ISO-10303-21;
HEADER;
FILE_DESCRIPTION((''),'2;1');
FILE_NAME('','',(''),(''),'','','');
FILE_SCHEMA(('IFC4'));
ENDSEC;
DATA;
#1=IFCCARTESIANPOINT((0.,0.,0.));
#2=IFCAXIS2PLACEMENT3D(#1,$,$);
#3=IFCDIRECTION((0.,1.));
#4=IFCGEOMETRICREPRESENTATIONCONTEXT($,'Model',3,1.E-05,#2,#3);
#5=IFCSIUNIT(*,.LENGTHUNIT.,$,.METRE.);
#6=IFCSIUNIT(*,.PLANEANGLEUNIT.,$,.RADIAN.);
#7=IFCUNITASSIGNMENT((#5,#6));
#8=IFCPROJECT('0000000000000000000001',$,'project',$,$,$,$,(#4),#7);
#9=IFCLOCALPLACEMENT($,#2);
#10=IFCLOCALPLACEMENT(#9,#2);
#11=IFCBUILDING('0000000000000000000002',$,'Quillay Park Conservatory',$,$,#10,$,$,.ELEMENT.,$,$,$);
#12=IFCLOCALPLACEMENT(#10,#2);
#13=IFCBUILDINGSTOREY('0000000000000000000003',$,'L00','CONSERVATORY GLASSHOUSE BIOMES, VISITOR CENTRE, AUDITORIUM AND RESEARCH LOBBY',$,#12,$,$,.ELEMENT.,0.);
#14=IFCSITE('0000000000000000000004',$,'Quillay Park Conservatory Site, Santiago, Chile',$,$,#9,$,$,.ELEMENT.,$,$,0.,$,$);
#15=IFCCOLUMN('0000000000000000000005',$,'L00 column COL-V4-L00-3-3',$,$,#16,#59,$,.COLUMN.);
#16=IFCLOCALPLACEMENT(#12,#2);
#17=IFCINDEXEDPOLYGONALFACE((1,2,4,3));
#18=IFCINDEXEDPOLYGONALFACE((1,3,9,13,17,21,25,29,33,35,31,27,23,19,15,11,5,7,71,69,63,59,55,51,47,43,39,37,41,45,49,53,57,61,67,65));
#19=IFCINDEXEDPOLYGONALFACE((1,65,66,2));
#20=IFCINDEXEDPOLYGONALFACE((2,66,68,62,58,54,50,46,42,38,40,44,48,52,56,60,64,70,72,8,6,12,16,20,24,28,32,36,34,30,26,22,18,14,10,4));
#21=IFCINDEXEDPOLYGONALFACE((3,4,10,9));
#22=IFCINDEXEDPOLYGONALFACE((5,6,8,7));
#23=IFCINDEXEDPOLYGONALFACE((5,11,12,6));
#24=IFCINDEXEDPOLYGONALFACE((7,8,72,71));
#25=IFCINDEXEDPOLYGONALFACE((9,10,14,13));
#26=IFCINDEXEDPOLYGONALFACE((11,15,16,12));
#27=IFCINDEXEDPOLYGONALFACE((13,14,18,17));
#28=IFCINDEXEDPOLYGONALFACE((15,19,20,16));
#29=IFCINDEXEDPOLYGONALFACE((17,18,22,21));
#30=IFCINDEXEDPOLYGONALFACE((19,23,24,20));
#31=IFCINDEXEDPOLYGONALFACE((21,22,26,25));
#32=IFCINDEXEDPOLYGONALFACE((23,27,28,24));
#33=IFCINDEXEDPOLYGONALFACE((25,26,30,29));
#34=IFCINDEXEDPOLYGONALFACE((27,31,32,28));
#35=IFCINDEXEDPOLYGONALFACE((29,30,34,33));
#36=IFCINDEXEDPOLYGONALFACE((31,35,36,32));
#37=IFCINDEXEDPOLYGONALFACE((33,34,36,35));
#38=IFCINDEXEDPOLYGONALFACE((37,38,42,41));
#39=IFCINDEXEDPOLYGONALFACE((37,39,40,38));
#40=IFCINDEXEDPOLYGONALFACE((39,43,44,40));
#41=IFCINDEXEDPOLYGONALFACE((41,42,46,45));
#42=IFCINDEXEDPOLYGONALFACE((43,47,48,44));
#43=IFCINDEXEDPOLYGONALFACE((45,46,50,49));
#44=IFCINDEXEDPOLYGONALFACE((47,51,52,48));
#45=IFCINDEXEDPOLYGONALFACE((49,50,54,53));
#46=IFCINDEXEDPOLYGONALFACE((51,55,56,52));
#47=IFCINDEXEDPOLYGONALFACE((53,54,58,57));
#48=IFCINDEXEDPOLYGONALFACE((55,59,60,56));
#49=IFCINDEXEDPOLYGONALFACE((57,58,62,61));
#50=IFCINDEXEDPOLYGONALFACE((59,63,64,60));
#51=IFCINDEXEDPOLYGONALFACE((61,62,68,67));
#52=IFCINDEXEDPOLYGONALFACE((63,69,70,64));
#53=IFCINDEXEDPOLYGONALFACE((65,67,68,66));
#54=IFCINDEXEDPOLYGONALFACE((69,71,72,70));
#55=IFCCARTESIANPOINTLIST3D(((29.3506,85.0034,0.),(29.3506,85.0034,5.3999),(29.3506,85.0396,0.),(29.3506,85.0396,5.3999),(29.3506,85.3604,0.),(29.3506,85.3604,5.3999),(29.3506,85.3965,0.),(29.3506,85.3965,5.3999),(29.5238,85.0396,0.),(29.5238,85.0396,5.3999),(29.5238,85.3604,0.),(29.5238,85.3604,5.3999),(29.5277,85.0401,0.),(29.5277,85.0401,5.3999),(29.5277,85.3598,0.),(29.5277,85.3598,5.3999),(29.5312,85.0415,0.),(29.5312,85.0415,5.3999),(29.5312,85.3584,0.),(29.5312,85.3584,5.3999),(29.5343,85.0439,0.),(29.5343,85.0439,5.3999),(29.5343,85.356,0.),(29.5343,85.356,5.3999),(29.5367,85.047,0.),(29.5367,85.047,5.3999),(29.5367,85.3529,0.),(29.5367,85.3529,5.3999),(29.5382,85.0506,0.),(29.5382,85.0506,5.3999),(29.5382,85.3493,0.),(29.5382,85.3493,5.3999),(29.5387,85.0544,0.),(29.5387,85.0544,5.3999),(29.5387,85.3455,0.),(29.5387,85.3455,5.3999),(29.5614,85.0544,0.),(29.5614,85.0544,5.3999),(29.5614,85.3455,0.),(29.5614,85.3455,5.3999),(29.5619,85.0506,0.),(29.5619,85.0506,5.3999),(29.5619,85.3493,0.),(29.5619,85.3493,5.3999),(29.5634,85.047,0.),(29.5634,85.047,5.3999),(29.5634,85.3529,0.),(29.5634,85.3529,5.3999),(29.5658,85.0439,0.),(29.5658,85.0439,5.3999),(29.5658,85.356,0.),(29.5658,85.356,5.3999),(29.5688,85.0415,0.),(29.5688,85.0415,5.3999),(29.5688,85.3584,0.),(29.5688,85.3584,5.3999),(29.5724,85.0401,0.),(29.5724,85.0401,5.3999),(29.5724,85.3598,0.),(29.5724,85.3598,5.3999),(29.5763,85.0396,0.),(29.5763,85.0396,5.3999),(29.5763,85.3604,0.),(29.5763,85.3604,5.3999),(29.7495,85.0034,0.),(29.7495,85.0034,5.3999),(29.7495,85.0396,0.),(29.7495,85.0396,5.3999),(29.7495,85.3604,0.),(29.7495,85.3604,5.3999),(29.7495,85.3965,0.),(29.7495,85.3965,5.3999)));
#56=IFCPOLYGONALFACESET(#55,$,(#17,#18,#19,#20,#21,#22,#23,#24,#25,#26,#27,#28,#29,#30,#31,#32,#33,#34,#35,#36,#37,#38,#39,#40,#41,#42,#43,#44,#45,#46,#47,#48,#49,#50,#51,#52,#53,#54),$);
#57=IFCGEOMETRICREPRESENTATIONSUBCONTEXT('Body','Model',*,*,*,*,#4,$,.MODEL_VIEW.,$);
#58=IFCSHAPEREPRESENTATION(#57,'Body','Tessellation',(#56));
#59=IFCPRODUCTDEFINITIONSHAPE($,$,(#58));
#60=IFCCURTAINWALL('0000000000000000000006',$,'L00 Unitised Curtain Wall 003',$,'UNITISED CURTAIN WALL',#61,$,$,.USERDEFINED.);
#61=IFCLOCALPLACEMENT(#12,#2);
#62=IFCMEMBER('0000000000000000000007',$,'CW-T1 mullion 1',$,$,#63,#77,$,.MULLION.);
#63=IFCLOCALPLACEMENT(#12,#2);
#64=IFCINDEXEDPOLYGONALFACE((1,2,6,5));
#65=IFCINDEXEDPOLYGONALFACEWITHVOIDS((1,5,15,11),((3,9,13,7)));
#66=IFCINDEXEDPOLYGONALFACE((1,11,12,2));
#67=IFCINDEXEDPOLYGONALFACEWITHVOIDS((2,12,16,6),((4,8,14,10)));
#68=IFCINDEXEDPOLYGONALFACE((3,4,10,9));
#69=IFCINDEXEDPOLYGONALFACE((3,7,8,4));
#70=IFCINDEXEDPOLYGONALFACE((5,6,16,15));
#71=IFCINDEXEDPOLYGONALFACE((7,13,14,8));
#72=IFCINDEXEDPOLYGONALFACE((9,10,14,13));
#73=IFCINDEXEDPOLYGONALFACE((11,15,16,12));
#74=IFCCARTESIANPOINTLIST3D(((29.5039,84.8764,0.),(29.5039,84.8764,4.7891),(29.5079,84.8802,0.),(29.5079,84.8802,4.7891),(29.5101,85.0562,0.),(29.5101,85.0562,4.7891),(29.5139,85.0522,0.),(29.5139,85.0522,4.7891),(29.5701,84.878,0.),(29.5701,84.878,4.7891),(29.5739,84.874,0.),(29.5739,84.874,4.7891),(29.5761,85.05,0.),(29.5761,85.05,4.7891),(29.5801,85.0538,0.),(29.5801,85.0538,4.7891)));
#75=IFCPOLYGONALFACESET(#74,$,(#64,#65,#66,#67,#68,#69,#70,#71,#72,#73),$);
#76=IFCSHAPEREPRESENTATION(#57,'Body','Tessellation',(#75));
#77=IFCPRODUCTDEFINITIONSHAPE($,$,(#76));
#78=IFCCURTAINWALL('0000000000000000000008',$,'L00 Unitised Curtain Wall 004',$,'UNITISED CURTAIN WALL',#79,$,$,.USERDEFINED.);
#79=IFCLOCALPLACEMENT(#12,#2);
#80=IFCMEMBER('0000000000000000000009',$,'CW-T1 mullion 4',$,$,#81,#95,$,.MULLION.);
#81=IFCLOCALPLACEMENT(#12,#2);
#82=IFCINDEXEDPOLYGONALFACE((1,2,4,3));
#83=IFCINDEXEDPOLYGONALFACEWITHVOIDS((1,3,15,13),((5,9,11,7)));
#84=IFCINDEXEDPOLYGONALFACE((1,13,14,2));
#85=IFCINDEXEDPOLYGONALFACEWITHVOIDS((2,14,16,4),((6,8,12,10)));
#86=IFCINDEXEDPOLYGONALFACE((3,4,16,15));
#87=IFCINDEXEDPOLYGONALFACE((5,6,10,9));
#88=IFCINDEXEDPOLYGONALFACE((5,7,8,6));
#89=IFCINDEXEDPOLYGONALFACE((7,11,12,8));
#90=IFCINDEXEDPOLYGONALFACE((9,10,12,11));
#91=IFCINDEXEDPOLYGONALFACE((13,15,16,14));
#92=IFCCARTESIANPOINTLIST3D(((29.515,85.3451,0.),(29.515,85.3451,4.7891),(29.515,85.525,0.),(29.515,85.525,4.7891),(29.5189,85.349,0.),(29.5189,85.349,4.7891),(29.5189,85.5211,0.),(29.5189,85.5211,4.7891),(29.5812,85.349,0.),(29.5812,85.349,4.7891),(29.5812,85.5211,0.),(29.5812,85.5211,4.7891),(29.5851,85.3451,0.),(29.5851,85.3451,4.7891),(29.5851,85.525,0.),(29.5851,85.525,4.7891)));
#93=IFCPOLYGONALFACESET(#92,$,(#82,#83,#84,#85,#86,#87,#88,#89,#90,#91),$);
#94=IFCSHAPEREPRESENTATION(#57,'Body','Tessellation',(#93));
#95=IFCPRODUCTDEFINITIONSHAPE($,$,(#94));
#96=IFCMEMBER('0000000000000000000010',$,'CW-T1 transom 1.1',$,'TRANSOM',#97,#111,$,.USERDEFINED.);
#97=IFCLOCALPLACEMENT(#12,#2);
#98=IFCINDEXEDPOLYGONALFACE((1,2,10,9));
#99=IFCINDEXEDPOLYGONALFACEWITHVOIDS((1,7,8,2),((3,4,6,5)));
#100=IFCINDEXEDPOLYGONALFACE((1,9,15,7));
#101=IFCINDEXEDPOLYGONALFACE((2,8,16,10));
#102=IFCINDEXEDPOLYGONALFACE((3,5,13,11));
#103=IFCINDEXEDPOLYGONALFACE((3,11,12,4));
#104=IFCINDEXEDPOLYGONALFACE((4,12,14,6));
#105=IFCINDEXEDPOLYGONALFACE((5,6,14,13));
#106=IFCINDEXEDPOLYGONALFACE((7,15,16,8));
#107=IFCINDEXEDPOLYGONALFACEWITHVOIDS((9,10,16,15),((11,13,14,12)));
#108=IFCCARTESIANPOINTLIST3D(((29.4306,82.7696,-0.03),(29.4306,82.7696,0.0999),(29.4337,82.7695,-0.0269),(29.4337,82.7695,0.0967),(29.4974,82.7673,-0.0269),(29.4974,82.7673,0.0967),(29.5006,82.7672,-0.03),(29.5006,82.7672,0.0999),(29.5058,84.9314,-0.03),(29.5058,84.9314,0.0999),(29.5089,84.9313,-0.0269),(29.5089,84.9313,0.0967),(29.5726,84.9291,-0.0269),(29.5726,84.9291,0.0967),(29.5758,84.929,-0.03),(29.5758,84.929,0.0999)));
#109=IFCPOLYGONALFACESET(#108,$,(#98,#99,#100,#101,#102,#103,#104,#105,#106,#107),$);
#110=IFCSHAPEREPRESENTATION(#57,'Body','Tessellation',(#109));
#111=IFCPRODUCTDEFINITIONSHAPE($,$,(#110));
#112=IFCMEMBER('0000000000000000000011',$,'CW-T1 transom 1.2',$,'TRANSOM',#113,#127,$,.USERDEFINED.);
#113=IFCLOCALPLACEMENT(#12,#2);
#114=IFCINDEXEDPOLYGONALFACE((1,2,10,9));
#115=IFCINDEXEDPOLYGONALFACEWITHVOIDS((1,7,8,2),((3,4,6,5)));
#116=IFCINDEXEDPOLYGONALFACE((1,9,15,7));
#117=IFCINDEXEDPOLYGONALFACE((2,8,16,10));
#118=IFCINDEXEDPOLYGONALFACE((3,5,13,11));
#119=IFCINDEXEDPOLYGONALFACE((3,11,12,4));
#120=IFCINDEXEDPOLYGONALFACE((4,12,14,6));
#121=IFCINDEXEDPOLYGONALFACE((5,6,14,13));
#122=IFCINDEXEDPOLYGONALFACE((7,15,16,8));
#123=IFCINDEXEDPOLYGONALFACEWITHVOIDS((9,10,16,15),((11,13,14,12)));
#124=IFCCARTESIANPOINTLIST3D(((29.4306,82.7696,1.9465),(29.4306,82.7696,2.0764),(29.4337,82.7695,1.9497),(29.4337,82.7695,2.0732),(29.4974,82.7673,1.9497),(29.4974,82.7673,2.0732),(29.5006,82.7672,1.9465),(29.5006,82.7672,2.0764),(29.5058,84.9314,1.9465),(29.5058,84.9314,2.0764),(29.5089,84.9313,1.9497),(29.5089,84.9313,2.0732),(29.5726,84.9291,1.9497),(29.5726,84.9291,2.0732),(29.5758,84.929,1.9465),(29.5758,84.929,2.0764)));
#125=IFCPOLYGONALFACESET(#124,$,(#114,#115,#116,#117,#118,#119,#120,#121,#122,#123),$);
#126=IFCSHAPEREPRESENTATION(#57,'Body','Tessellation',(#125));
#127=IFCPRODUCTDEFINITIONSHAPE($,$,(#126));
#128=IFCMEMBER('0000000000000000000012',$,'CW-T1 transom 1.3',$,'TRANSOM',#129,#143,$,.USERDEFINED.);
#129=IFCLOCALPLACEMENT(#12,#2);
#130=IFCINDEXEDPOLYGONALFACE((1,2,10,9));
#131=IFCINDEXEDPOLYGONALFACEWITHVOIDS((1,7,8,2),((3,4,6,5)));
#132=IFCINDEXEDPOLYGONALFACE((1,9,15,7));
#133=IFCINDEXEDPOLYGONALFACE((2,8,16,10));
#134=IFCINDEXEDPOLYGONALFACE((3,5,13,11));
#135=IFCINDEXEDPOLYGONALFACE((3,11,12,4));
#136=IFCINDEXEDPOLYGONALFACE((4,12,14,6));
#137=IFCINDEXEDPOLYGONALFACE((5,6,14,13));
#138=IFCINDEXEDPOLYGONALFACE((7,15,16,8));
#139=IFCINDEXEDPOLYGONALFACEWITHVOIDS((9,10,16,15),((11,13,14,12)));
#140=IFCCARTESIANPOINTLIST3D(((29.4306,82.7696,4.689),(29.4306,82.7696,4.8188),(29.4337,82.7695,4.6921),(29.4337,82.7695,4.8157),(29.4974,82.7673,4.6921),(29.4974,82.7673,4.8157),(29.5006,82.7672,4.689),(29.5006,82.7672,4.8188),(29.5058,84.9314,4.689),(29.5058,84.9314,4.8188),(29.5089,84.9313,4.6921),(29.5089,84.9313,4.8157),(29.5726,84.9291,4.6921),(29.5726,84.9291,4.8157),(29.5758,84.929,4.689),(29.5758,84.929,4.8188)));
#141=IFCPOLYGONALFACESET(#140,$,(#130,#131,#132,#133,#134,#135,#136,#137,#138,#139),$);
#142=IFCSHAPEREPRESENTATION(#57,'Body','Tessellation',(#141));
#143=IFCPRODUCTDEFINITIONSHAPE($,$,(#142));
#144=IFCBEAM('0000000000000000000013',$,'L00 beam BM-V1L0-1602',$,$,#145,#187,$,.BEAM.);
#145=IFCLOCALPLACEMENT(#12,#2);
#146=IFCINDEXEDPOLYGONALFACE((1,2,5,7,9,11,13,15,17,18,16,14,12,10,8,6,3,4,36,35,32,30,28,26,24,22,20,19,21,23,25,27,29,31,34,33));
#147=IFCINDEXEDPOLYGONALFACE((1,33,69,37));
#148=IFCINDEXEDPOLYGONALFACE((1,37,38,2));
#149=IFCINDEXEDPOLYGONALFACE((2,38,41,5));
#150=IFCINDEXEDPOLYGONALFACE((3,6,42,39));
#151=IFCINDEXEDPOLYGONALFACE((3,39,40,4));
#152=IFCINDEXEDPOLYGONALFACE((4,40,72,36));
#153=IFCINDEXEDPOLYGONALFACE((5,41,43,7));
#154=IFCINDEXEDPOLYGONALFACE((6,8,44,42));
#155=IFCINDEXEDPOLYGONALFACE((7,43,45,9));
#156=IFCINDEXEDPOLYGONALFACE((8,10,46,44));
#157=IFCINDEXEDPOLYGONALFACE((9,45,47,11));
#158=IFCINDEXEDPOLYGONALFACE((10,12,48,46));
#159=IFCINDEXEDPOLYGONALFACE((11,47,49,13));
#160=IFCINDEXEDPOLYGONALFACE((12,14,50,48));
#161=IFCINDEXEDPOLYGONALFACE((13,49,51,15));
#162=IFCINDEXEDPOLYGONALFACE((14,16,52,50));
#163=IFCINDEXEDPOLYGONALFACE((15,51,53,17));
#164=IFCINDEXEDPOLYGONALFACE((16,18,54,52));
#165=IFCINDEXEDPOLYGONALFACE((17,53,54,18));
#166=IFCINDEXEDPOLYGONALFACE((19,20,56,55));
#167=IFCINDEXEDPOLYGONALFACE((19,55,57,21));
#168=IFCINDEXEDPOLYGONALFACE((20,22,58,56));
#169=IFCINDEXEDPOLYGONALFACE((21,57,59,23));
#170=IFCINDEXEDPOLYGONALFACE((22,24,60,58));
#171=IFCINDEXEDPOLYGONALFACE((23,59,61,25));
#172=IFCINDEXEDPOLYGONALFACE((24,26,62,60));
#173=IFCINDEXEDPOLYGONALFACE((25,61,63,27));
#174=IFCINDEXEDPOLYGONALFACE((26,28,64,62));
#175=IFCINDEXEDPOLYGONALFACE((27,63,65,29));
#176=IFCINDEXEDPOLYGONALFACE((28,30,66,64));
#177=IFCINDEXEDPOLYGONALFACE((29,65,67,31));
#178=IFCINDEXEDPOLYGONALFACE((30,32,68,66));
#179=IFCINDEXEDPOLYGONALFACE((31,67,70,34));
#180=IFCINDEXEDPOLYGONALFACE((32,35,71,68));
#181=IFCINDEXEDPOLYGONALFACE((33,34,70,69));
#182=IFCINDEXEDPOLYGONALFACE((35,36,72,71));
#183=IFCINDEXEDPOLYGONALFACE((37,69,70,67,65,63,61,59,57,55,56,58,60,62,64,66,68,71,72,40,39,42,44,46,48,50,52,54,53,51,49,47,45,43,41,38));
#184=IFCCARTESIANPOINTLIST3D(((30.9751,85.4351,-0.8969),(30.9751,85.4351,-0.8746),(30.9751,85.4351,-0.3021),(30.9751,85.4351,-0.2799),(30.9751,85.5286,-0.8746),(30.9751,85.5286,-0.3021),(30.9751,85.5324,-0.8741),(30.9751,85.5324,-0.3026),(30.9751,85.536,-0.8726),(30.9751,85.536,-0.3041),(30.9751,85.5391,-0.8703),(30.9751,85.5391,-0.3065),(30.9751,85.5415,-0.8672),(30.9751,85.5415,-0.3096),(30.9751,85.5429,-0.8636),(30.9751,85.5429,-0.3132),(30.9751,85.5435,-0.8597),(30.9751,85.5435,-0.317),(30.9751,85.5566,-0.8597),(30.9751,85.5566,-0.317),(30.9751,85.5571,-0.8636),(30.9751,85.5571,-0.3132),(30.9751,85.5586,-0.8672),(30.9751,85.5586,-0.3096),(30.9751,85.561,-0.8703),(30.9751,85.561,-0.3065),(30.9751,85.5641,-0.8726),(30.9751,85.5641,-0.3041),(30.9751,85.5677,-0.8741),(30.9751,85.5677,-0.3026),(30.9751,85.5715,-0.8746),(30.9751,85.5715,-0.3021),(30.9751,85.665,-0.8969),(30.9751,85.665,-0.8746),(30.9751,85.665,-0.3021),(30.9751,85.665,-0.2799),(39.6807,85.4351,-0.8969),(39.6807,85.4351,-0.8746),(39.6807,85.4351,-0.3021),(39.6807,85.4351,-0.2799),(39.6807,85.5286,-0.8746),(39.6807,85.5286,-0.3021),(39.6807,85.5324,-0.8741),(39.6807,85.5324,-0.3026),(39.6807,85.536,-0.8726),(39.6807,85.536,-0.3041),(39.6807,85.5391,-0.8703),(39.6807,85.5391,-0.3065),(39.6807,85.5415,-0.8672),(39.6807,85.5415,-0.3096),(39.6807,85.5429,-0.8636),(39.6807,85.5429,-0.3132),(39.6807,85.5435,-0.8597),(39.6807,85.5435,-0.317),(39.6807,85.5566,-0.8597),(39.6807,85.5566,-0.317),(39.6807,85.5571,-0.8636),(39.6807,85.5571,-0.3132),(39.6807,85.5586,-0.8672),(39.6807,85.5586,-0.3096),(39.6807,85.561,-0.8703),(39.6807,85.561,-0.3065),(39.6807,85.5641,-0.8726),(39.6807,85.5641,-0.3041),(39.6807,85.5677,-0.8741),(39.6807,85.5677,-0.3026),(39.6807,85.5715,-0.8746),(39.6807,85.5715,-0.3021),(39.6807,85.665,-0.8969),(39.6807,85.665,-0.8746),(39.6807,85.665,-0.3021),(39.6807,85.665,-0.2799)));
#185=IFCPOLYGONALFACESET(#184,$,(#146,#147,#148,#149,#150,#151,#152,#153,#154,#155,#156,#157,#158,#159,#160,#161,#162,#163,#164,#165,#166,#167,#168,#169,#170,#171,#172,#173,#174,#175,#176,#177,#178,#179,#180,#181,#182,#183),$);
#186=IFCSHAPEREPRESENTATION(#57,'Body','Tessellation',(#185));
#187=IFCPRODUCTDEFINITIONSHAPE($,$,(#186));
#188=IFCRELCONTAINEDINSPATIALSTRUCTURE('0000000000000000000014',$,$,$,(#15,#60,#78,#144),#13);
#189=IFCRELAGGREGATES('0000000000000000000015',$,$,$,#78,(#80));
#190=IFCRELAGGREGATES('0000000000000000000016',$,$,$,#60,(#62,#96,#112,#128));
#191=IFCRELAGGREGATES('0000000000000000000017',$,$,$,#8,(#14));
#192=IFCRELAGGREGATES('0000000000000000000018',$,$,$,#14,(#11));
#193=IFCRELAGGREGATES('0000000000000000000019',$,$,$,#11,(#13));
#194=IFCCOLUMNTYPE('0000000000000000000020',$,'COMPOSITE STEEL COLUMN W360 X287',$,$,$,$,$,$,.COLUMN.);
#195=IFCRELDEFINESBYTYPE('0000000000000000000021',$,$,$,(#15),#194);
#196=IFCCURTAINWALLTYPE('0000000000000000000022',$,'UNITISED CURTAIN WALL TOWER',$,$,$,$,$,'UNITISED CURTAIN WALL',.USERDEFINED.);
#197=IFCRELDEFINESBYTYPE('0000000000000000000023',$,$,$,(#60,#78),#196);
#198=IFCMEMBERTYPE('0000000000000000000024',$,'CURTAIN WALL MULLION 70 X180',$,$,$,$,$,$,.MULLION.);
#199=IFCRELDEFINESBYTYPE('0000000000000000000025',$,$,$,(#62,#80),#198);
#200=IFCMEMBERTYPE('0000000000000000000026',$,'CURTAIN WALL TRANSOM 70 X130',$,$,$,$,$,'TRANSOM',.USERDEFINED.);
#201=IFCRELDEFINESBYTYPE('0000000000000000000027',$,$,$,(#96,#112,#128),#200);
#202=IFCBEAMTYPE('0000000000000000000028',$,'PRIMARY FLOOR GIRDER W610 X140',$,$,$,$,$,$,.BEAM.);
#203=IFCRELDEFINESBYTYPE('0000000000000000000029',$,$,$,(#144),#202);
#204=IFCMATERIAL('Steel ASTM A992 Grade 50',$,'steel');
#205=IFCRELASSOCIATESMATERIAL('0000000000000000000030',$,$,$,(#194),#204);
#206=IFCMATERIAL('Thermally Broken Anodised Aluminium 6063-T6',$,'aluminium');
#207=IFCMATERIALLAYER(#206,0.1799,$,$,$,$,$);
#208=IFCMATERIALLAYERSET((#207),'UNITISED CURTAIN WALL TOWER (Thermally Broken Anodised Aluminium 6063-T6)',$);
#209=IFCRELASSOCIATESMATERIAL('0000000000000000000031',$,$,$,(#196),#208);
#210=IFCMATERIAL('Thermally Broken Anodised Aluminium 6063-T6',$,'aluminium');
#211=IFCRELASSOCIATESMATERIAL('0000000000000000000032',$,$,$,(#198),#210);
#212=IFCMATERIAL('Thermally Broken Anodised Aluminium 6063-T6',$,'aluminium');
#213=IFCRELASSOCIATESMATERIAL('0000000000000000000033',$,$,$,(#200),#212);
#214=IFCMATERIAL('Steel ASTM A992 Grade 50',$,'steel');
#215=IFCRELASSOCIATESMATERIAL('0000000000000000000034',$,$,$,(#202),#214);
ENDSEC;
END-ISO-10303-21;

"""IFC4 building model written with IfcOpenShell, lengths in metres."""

from ifc_helpers import new_model, si_unit, direction, frame, origin, origin_2d, place, context, subcontext, project, spatial, hollow_rectangle, i_section, extrude, material, layer, layer_set, material_profile, profile_set, type_object, element, aggregate, save


model = new_model("IFC4")

# Units and contexts
model_context = context("Model", 3, precision=1e-05, world=origin(), true_north=direction((0.0, 1.0)))
body_context = subcontext(model_context, "Body", "Model", "MODEL_VIEW")
ifc_project = project(units=[si_unit("LENGTHUNIT", "METRE"), si_unit("PLANEANGLEUNIT", "RADIAN")], contexts=[model_context])

# Site, building, storey
site_placement = place(None, origin())
site = spatial("IfcSite", under=ifc_project, at=site_placement, Name="Quillay Park Conservatory Site, Santiago, Chile", CompositionType="ELEMENT", RefElevation=0.0)
building_placement = place(site_placement, origin())
building = spatial("IfcBuilding", under=site, at=building_placement, Name="Quillay Park Conservatory", CompositionType="ELEMENT")
storey_placement = place(building_placement, origin())
storey = spatial("IfcBuildingStorey", under=building, at=storey_placement, Name="L00", Description="CONSERVATORY GLASSHOUSE BIOMES, VISITOR CENTRE, AUDITORIUM AND RESEARCH LOBBY", CompositionType="ELEMENT", Elevation=0.0)

# Column
ifc_material_1 = material(Name="Steel ASTM A992 Grade 50", Category="steel")
ifc_material_profile_1 = material_profile(ifc_material_1, i_section(OverallWidth=0.3989, OverallDepth=0.3931, WebThickness=0.0227, FlangeThickness=0.0361, FilletRadius=0.0149, at=origin_2d()), Name="W360x287")
ifc_profile_set_1 = profile_set([ifc_material_profile_1], Name="Steel ASTM A992 Grade 50")
column_type_1 = type_object("IfcColumnType", Name="COMPOSITE STEEL COLUMN W360 X287", PredefinedType="COLUMN", material=ifc_profile_set_1)
column_placement = place(storey_placement, frame((29.55, 85.2, 0.0), z_axis=(0.0, 0.0, 1.0), x_axis=(1.0, 0.0, 0.0)))
element("IfcColumn", 1, at=column_placement, inside=storey, type_object=column_type_1, Name="L00 column COL-V4-L00-3-3", PredefinedType="COLUMN", context=body_context, shape_type="SweptSolid", body=[
    extrude(i_section(OverallWidth=0.3989, OverallDepth=0.3931, WebThickness=0.0227, FlangeThickness=0.0361, FilletRadius=0.0149, at=origin_2d()), origin(), (0.0, 0.0, 1.0), 5.3999),
])

# Curtain walls, members
ifc_material_2 = material(Name="Thermally Broken Anodised Aluminium 6063-T6", Category="aluminium")
ifc_layer_1 = layer(ifc_material_2, 0.1799)
ifc_layer_set_1 = layer_set([ifc_layer_1], Name="UNITISED CURTAIN WALL TOWER (Thermally Broken Anodised Aluminium 6063-T6)")
curtain_wall_type = type_object("IfcCurtainWallType", Name="UNITISED CURTAIN WALL TOWER", ElementType="UNITISED CURTAIN WALL", PredefinedType="USERDEFINED", material=ifc_layer_set_1)
curtain_wall_1_placement = place(storey_placement, origin())
curtain_wall_1 = element("IfcCurtainWall", 2, at=curtain_wall_1_placement, inside=storey, type_object=curtain_wall_type, Name="L00 Unitised Curtain Wall 003", ObjectType="UNITISED CURTAIN WALL", PredefinedType="USERDEFINED")
ifc_material_3 = material(Name="Thermally Broken Anodised Aluminium 6063-T6", Category="aluminium")
ifc_material_profile_2 = material_profile(ifc_material_3, hollow_rectangle(XDim=0.0701, YDim=0.1799, WallThickness=0.0039, at=origin_2d()), Name="AL70x180x4")
ifc_profile_set_2 = profile_set([ifc_material_profile_2], Name="Thermally Broken Anodised Aluminium 6063-T6")
member_type_1 = type_object("IfcMemberType", Name="CURTAIN WALL MULLION 70 X180", PredefinedType="MULLION", material=ifc_profile_set_2)
member_1_placement = place(storey_placement, frame((29.542, 84.9651, 0.0), z_axis=(0.0, 0.0, 1.0), x_axis=(0.999397, -0.034713, 0.0)))
member_1 = element("IfcMember", 3, at=member_1_placement, type_object=member_type_1, Name="CW-T1 mullion 1", PredefinedType="MULLION", context=body_context, shape_type="SweptSolid", body=[
    extrude(hollow_rectangle(XDim=0.0701, YDim=0.1799, WallThickness=0.0039, at=origin_2d()), origin(), (0.0, 0.0, 1.0), 4.7891),
])
curtain_wall_2_placement = place(storey_placement, origin())
curtain_wall_2 = element("IfcCurtainWall", 4, at=curtain_wall_2_placement, inside=storey, type_object=curtain_wall_type, Name="L00 Unitised Curtain Wall 004", ObjectType="UNITISED CURTAIN WALL", PredefinedType="USERDEFINED")
member_2_placement = place(storey_placement, frame((29.55, 85.4351, 0.0), z_axis=(0.0, 0.0, 1.0), x_axis=(1.0, 0.0, 0.0)))
member_2 = element("IfcMember", 5, at=member_2_placement, type_object=member_type_1, Name="CW-T1 mullion 4", PredefinedType="MULLION", context=body_context, shape_type="SweptSolid", body=[
    extrude(hollow_rectangle(XDim=0.0701, YDim=0.1799, WallThickness=0.0039, at=origin_2d()), origin(), (0.0, 0.0, 1.0), 4.7891),
])
aggregate(curtain_wall_2, [member_2])

# Members
ifc_material_4 = material(Name="Thermally Broken Anodised Aluminium 6063-T6", Category="aluminium")
ifc_material_profile_3 = material_profile(ifc_material_4, hollow_rectangle(XDim=0.0701, YDim=0.1299, WallThickness=0.0032, at=origin_2d()), Name="AL70x130x3.2")
ifc_profile_set_3 = profile_set([ifc_material_profile_3], Name="Thermally Broken Anodised Aluminium 6063-T6")
member_type_2 = type_object("IfcMemberType", Name="CURTAIN WALL TRANSOM 70 X130", ElementType="TRANSOM", PredefinedType="USERDEFINED", material=ifc_profile_set_3)
member_3_placement = place(storey_placement, frame((29.5408, 84.9302, 0.0349), z_axis=(-0.034762, -0.999396, 0.0), x_axis=(0.999396, -0.034762, 0.0)))
member_3 = element("IfcMember", 6, at=member_3_placement, type_object=member_type_2, Name="CW-T1 transom 1.1", ObjectType="TRANSOM", PredefinedType="USERDEFINED", context=body_context, shape_type="SweptSolid", body=[
    extrude(hollow_rectangle(XDim=0.0701, YDim=0.1299, WallThickness=0.0032, at=origin_2d()), origin(), (0.0, 0.0, 1.0), 2.1631),
])
member_4_placement = place(storey_placement, frame((29.5408, 84.9302, 2.0115), z_axis=(-0.034762, -0.999396, 0.0), x_axis=(0.999396, -0.034762, 0.0)))
member_4 = element("IfcMember", 7, at=member_4_placement, type_object=member_type_2, Name="CW-T1 transom 1.2", ObjectType="TRANSOM", PredefinedType="USERDEFINED", context=body_context, shape_type="SweptSolid", body=[
    extrude(hollow_rectangle(XDim=0.0701, YDim=0.1299, WallThickness=0.0032, at=origin_2d()), origin(), (0.0, 0.0, 1.0), 2.1631),
])
member_5_placement = place(storey_placement, frame((29.5408, 84.9302, 4.7539), z_axis=(-0.034762, -0.999396, 0.0), x_axis=(0.999396, -0.034762, 0.0)))
member_5 = element("IfcMember", 8, at=member_5_placement, type_object=member_type_2, Name="CW-T1 transom 1.3", ObjectType="TRANSOM", PredefinedType="USERDEFINED", context=body_context, shape_type="SweptSolid", body=[
    extrude(hollow_rectangle(XDim=0.0701, YDim=0.1299, WallThickness=0.0032, at=origin_2d()), origin(), (0.0, 0.0, 1.0), 2.1631),
])
aggregate(curtain_wall_1, [member_1, member_3, member_4, member_5])

# Beam
ifc_material_5 = material(Name="Steel ASTM A992 Grade 50", Category="steel")
ifc_material_profile_4 = material_profile(ifc_material_5, i_section(OverallWidth=0.23, OverallDepth=0.6169, WebThickness=0.0132, FlangeThickness=0.0222, FilletRadius=0.0149, at=origin_2d()), Name="W610x140")
ifc_profile_set_4 = profile_set([ifc_material_profile_4], Name="Steel ASTM A992 Grade 50")
beam_type = type_object("IfcBeamType", Name="PRIMARY FLOOR GIRDER W610 X140", PredefinedType="BEAM", material=ifc_profile_set_4)
for number, where, z_axis, x_axis, name in (
    (9, (30.9751, 85.55, -0.5884), (1.0, 0.0, 0.0), (0.0, 1.0, 0.0), "L00 beam BM-V1L0-1602"),
):
    element("IfcBeam", number, at=place(storey_placement, frame(where, z_axis=z_axis, x_axis=x_axis)), inside=storey, type_object=beam_type, Name=name, PredefinedType="BEAM", context=body_context, shape_type="SweptSolid", body=[
        extrude(i_section(OverallWidth=0.23, OverallDepth=0.6169, WebThickness=0.0132, FlangeThickness=0.0222, FilletRadius=0.0149, at=origin_2d()), origin(), (0.0, 0.0, 1.0), 8.7056),
    ])

save(model, "model.ifc")
